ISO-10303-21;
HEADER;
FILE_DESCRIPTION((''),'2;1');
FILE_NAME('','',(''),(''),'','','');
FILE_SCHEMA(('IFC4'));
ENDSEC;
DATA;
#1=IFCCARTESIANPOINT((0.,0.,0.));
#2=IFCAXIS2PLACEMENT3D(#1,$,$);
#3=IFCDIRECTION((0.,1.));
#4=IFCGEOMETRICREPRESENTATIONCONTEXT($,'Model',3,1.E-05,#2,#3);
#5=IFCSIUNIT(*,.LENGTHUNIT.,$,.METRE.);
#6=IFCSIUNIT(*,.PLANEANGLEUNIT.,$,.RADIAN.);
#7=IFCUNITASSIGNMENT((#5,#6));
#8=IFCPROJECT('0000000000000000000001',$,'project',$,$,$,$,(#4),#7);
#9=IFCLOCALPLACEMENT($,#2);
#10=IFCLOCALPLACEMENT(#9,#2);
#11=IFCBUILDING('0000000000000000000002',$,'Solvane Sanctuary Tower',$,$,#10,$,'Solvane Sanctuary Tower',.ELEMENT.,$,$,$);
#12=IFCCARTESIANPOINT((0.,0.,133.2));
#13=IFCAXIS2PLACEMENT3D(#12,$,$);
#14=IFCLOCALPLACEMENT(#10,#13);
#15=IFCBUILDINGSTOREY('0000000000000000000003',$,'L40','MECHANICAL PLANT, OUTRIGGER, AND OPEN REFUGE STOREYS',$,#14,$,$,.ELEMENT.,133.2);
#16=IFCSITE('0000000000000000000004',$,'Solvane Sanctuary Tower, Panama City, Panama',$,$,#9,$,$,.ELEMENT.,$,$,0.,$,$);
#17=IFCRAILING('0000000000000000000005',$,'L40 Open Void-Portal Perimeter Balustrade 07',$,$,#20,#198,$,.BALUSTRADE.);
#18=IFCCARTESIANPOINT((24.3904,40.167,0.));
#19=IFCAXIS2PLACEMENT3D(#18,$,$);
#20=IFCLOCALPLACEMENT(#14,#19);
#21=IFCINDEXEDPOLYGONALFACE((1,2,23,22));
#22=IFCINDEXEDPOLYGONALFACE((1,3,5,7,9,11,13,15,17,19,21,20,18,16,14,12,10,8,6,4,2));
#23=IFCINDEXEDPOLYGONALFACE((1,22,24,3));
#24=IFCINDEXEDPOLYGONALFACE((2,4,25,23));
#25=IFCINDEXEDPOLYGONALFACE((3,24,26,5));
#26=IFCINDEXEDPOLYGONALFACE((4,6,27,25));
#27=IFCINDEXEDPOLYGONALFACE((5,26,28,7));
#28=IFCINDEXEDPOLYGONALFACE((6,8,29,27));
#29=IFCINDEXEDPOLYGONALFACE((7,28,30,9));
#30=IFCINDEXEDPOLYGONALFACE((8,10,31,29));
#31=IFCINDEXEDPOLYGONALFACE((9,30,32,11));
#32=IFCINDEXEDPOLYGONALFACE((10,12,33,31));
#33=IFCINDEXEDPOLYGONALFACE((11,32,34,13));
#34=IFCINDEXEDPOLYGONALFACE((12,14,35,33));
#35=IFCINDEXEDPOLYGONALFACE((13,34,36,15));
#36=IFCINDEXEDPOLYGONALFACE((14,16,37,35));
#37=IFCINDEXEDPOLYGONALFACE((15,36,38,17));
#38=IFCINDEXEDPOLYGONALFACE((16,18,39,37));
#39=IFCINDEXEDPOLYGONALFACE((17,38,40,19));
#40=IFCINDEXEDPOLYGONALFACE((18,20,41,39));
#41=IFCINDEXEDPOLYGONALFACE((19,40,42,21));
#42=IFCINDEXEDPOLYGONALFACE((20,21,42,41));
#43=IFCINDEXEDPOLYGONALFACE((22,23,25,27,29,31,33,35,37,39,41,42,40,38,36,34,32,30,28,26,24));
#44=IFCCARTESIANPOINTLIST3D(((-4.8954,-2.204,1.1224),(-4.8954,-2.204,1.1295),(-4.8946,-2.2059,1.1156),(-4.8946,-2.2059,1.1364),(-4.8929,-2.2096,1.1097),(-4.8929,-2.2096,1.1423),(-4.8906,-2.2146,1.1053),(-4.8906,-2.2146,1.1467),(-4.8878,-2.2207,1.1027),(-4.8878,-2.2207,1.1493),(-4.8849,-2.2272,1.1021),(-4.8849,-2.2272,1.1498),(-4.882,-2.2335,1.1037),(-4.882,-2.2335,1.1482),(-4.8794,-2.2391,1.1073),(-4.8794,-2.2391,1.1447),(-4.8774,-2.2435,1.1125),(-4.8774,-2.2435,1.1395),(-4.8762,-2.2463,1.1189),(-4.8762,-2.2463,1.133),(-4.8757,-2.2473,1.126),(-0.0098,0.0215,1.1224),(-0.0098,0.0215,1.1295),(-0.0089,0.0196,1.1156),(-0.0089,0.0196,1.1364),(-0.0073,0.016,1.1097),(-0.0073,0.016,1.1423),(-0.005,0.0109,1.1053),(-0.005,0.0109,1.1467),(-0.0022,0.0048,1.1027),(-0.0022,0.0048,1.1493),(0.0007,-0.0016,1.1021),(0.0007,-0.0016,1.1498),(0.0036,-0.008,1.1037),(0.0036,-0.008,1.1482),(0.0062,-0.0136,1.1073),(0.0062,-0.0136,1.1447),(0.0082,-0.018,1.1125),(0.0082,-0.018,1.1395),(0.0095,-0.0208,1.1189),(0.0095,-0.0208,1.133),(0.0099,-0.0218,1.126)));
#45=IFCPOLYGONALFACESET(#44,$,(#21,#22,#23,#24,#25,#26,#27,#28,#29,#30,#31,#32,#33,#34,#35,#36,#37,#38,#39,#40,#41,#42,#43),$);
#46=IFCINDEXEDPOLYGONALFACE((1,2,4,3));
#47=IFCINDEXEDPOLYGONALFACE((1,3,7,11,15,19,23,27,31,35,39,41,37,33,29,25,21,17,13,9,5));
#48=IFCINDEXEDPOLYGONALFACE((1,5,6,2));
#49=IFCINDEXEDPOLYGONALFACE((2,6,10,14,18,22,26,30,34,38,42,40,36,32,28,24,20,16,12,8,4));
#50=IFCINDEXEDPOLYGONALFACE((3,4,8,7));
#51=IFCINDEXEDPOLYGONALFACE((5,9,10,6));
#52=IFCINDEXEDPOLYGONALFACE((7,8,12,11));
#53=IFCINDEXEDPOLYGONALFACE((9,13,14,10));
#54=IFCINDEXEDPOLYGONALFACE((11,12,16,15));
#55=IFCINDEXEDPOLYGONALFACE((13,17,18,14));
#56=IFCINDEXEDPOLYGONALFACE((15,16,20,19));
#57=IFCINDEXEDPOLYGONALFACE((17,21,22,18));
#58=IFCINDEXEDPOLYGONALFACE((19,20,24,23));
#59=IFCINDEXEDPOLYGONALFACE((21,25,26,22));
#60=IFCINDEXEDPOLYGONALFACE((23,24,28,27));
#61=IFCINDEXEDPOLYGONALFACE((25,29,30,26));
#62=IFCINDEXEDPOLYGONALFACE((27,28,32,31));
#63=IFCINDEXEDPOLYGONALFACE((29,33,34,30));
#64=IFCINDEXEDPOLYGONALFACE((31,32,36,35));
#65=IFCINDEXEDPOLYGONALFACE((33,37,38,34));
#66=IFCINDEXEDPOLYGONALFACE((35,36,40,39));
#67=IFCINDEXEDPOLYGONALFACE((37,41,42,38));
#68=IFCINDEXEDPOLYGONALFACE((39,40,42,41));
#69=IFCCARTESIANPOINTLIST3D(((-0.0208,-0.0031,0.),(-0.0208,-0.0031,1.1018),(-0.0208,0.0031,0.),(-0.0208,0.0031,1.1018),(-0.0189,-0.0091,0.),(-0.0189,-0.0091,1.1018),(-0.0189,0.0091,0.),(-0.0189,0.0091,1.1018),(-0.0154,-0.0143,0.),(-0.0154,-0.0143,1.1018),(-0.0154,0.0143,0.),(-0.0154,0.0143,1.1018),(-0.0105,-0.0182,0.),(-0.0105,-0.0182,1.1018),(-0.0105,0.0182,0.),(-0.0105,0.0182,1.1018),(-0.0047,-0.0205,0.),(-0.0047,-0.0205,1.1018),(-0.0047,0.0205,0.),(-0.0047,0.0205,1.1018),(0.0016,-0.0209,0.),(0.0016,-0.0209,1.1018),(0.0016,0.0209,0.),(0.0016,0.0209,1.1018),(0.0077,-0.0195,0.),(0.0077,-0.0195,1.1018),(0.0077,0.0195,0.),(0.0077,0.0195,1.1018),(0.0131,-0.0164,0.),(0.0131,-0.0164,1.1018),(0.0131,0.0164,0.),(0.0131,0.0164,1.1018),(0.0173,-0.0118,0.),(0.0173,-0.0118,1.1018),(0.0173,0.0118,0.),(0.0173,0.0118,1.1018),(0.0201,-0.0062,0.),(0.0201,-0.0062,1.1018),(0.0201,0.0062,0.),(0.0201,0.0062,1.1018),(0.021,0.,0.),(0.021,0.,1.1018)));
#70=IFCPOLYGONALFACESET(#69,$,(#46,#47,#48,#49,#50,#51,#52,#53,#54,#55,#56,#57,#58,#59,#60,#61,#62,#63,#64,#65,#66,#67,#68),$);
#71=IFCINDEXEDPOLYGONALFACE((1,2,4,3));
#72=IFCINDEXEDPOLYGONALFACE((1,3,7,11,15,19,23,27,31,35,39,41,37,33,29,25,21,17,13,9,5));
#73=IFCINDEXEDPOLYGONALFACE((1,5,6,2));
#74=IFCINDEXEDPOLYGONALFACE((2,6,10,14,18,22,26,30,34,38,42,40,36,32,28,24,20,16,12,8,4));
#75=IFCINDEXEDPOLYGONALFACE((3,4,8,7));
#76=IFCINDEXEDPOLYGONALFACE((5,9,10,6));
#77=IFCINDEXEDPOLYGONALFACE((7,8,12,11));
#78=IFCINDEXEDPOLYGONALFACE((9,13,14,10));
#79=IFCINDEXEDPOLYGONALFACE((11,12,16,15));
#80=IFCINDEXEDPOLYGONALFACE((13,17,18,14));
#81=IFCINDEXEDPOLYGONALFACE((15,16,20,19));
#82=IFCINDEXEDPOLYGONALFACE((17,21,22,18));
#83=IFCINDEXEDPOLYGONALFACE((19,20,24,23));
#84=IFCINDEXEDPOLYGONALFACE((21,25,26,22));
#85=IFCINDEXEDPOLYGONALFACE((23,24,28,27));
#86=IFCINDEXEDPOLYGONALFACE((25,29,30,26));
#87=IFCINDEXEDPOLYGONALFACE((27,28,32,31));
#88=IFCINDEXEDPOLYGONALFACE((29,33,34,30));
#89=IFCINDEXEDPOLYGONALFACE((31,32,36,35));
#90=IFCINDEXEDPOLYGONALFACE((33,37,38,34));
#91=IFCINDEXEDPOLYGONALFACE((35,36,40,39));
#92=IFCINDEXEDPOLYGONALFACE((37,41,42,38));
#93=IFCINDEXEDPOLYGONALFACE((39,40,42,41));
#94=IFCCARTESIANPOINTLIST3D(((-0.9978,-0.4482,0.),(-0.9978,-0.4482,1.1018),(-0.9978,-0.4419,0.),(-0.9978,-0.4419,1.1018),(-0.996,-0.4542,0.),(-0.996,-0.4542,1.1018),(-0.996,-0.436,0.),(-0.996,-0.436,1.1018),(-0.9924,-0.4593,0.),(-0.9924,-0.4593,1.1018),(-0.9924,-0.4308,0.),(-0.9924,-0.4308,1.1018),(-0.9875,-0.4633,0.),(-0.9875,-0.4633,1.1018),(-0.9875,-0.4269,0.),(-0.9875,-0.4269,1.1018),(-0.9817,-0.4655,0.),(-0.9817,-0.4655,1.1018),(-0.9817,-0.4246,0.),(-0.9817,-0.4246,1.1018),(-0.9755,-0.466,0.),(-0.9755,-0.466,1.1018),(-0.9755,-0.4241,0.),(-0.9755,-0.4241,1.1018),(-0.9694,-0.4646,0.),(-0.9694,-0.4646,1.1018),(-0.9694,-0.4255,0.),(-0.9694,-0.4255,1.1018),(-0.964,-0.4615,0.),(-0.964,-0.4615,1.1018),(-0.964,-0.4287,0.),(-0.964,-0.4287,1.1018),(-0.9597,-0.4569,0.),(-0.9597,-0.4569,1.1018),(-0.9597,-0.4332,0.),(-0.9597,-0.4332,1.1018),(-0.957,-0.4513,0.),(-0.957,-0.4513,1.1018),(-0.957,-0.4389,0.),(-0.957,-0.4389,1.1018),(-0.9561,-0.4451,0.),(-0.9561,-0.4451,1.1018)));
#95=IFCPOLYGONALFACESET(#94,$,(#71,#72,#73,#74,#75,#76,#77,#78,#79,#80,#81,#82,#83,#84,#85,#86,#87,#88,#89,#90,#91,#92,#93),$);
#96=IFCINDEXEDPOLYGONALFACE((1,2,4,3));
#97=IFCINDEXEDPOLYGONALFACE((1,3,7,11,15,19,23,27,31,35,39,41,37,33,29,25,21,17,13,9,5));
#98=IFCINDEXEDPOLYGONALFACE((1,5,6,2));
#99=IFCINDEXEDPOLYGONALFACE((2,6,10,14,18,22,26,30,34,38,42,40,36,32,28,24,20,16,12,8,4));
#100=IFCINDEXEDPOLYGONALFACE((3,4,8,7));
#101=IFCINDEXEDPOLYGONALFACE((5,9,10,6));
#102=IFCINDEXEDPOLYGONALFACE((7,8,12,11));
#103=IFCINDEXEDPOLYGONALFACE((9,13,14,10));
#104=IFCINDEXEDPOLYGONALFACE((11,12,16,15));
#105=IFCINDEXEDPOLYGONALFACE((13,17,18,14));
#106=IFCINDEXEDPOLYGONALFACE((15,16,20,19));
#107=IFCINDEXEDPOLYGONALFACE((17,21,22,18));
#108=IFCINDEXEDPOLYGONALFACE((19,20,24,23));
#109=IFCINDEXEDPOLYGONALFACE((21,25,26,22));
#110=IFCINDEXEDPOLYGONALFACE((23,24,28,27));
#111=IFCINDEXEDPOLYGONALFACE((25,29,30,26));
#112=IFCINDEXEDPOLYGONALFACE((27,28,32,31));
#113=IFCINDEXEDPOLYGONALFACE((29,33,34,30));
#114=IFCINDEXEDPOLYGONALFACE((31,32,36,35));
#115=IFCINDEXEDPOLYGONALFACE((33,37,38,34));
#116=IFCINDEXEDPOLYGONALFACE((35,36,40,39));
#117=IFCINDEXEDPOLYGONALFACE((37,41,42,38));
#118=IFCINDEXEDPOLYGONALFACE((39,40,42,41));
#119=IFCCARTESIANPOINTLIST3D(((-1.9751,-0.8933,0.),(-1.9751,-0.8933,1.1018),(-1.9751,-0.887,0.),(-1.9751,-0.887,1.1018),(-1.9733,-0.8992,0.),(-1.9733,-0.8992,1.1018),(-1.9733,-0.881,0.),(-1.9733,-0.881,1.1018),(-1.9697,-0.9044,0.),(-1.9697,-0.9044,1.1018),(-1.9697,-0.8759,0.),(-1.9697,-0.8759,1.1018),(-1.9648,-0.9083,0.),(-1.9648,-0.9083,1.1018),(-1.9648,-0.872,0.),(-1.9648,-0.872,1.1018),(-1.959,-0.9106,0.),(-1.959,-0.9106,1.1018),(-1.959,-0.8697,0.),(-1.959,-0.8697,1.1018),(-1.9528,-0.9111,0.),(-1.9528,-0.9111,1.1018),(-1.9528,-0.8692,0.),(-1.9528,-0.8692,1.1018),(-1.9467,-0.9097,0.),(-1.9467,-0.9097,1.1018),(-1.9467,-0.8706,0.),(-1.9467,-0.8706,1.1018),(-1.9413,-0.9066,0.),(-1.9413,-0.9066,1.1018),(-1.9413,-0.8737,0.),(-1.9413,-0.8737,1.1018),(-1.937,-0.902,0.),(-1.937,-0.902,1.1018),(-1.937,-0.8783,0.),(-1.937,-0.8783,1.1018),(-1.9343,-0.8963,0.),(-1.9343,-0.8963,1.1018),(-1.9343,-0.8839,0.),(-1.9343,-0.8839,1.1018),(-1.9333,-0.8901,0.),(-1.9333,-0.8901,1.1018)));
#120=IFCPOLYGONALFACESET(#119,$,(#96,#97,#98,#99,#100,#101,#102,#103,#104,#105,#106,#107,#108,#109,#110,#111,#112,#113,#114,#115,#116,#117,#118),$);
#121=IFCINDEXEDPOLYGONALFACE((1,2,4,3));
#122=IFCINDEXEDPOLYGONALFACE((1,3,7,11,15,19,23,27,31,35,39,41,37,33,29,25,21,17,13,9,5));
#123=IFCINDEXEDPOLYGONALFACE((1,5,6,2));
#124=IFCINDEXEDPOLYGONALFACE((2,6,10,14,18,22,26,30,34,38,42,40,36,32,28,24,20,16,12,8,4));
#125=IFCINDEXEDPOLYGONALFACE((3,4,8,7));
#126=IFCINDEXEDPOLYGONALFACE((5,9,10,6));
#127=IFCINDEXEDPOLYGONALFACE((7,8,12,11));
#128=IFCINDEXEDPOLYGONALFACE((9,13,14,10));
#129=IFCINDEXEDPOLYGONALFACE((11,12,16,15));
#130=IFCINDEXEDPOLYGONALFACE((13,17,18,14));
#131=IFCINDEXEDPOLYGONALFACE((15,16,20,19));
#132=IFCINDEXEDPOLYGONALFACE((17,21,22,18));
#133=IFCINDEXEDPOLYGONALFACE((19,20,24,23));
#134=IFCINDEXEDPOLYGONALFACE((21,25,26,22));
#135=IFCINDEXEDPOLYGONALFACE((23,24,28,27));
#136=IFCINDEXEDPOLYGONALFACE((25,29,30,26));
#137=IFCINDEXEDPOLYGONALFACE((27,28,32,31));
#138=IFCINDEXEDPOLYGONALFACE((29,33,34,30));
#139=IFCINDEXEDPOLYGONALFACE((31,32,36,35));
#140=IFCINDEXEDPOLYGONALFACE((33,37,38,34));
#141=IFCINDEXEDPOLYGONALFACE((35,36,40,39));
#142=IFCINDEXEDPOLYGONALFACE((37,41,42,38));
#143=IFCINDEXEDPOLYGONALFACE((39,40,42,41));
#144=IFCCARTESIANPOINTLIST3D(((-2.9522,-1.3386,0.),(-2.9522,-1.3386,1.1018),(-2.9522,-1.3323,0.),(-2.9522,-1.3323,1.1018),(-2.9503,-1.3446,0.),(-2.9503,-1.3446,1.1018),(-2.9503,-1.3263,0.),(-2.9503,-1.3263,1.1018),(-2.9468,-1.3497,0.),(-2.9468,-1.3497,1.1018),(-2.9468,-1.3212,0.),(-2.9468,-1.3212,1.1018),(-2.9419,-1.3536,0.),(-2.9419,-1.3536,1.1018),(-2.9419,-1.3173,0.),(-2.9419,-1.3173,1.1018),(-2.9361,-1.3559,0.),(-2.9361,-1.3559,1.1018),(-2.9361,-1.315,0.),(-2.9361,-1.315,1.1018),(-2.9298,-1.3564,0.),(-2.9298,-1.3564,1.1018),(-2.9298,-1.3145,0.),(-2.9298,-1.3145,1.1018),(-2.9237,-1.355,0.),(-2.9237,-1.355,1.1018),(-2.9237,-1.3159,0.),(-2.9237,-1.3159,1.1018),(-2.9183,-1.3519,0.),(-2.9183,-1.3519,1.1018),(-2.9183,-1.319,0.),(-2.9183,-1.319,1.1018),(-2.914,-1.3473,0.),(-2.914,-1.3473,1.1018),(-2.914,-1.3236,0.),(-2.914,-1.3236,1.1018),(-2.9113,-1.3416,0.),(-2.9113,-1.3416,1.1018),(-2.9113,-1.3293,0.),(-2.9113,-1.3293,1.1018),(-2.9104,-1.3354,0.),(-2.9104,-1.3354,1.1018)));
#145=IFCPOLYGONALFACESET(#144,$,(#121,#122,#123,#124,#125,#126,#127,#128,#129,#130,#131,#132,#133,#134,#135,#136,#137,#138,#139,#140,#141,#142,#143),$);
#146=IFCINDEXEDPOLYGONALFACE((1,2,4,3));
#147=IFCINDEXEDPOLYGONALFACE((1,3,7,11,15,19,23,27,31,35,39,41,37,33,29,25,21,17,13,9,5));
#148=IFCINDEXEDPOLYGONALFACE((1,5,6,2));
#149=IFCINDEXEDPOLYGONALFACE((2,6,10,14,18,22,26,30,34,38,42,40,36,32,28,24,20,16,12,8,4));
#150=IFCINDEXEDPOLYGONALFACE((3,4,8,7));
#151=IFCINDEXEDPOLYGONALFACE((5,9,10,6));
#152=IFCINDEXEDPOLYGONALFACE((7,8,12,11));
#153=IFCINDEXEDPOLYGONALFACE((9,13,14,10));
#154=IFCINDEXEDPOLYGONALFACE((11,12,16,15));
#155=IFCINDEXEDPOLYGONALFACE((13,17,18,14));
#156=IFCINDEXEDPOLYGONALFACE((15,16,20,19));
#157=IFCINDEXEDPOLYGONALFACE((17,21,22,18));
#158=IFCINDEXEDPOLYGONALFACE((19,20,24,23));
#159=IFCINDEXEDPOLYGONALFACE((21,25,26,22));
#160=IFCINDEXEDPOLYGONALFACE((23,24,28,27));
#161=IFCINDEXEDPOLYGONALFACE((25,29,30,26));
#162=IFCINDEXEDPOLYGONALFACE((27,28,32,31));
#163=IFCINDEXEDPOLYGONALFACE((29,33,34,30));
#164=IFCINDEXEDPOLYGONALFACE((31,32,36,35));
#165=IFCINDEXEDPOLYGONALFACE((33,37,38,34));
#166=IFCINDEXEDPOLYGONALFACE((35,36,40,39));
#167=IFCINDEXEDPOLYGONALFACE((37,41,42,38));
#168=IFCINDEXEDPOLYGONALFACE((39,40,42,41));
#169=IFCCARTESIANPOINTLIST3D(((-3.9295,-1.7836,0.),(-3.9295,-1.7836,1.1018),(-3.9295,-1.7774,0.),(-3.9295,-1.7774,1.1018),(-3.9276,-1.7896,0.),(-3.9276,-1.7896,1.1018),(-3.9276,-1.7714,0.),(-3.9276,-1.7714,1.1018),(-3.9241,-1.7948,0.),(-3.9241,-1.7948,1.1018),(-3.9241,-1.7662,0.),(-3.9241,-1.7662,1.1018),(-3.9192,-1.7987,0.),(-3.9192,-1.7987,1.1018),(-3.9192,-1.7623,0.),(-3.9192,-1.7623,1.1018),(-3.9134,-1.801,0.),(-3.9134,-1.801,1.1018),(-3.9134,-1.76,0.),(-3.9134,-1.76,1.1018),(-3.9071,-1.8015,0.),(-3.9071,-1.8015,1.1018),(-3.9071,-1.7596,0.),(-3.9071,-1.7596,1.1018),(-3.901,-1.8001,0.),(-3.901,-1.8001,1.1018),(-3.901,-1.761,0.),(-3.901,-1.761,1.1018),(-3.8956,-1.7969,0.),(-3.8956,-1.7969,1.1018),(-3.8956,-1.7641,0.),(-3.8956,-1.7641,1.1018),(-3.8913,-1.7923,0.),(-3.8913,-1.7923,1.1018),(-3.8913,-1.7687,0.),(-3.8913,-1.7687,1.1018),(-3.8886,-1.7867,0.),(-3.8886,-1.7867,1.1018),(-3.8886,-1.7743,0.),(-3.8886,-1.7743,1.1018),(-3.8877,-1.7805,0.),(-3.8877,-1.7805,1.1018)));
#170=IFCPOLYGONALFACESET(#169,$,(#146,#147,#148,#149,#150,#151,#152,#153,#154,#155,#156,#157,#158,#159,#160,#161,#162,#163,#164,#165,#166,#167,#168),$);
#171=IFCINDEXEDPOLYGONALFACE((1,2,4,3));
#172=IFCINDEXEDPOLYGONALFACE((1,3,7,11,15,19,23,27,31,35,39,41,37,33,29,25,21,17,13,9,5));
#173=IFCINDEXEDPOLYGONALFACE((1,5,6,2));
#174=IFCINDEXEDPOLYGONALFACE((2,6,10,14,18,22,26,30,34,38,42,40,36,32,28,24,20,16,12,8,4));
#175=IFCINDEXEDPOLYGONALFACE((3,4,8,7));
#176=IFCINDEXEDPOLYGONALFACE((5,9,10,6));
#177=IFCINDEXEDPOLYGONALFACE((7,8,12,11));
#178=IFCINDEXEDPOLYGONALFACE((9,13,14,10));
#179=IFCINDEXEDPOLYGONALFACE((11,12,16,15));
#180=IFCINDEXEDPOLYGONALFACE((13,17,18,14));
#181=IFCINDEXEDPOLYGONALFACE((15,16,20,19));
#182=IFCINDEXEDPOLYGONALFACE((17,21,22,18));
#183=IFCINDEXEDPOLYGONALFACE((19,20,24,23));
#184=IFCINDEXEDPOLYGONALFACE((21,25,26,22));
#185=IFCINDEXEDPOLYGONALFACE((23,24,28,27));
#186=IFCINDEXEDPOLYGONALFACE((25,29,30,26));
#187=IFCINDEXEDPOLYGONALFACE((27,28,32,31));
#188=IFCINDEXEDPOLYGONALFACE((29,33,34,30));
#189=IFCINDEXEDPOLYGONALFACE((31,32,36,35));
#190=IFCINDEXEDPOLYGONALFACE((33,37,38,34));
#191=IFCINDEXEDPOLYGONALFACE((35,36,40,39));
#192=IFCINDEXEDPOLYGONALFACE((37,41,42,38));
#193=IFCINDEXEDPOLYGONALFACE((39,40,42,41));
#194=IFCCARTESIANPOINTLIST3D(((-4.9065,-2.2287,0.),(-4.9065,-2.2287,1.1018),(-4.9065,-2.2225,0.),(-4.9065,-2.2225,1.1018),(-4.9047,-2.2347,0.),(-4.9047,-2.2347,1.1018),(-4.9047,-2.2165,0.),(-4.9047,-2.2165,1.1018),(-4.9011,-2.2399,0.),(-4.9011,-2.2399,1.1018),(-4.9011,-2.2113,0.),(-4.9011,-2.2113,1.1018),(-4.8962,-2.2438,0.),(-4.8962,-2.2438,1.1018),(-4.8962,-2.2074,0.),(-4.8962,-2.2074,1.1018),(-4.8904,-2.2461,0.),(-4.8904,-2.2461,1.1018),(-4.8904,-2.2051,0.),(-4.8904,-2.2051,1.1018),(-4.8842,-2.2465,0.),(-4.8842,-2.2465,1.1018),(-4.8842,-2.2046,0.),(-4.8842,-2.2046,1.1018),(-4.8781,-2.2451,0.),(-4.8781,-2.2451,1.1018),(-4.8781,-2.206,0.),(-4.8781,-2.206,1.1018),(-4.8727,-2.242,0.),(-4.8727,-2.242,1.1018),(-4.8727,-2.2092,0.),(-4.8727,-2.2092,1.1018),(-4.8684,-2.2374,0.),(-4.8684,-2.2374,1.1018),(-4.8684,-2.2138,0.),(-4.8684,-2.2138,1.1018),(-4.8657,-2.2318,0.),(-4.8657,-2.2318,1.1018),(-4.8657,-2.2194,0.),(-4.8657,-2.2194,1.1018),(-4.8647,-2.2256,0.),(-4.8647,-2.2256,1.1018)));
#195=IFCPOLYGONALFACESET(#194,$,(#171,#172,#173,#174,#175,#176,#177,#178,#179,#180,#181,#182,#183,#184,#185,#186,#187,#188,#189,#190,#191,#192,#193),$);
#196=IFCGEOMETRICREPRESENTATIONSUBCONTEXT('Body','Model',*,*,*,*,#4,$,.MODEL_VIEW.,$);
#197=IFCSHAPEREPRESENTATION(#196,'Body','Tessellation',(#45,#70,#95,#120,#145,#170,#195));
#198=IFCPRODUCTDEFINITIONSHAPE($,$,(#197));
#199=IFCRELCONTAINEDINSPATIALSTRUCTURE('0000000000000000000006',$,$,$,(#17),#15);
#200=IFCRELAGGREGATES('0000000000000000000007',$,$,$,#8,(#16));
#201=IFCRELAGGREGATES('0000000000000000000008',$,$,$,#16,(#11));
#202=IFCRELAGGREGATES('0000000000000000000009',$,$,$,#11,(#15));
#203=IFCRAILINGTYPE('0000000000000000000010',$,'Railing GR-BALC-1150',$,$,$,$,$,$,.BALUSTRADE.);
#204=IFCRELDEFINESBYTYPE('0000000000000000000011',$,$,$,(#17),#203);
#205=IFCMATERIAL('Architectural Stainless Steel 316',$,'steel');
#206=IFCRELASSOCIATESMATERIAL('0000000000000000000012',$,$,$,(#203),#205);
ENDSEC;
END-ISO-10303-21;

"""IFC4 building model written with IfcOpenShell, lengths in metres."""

from ifc_helpers import new_model, si_unit, direction, frame, origin, origin_2d, place, context, subcontext, project, spatial, circle, extrude, material, type_object, element, save


model = new_model("IFC4")

# Units and contexts
model_context = context("Model", 3, precision=1e-05, world=origin(), true_north=direction((0.0, 1.0)))
body_context = subcontext(model_context, "Body", "Model", "MODEL_VIEW")
ifc_project = project(units=[si_unit("LENGTHUNIT", "METRE"), si_unit("PLANEANGLEUNIT", "RADIAN")], contexts=[model_context])

# Site, building, storey
site_placement = place(None, origin())
site = spatial("IfcSite", under=ifc_project, at=site_placement, Name="Solvane Sanctuary Tower, Panama City, Panama", CompositionType="ELEMENT", RefElevation=0.0)
building_placement = place(site_placement, origin())
building = spatial("IfcBuilding", under=site, at=building_placement, Name="Solvane Sanctuary Tower", LongName="Solvane Sanctuary Tower", CompositionType="ELEMENT")
storey_placement = place(building_placement, frame((0.0, 0.0, 133.2)))
storey = spatial("IfcBuildingStorey", under=building, at=storey_placement, Name="L40", Description="MECHANICAL PLANT, OUTRIGGER, AND OPEN REFUGE STOREYS", CompositionType="ELEMENT", Elevation=133.2)

# Shared definitions
ifc_material_1 = material(Name="Architectural Stainless Steel 316", Category="steel")

# Railing
railing_type_1 = type_object("IfcRailingType", Name="Railing GR-BALC-1150", PredefinedType="BALUSTRADE", material=ifc_material_1)
railing_1_placement = place(storey_placement, frame((24.3904, 40.167, 0.0)))
element("IfcRailing", 1, at=railing_1_placement, inside=storey, type_object=railing_type_1, Name="L40 Open Void-Portal Perimeter Balustrade 07", PredefinedType="BALUSTRADE", context=body_context, shape_type="SweptSolid", body=[
    extrude(circle(Radius=0.0239, at=origin_2d()), frame((0.0, 0.0, 1.126), z_axis=(-0.91003, -0.414543, 0.0), x_axis=(0.414543, -0.91003, 0.0)), (0.0, 0.0, 1.0), 5.3687),
    extrude(circle(Radius=0.021, at=origin_2d()), origin(), (0.0, 0.0, 1.0), 1.1018),
    extrude(circle(Radius=0.021, at=origin_2d()), frame((-0.9771, -0.4451, 0.0)), (0.0, 0.0, 1.0), 1.1018),
    extrude(circle(Radius=0.021, at=origin_2d()), frame((-1.9543, -0.8901, 0.0)), (0.0, 0.0, 1.0), 1.1018),
    extrude(circle(Radius=0.021, at=origin_2d()), frame((-2.9314, -1.3354, 0.0)), (0.0, 0.0, 1.0), 1.1018),
    extrude(circle(Radius=0.021, at=origin_2d()), frame((-3.9087, -1.7805, 0.0)), (0.0, 0.0, 1.0), 1.1018),
    extrude(circle(Radius=0.021, at=origin_2d()), frame((-4.8857, -2.2256, 0.0)), (0.0, 0.0, 1.0), 1.1018),
])

save(model, "model.ifc")
